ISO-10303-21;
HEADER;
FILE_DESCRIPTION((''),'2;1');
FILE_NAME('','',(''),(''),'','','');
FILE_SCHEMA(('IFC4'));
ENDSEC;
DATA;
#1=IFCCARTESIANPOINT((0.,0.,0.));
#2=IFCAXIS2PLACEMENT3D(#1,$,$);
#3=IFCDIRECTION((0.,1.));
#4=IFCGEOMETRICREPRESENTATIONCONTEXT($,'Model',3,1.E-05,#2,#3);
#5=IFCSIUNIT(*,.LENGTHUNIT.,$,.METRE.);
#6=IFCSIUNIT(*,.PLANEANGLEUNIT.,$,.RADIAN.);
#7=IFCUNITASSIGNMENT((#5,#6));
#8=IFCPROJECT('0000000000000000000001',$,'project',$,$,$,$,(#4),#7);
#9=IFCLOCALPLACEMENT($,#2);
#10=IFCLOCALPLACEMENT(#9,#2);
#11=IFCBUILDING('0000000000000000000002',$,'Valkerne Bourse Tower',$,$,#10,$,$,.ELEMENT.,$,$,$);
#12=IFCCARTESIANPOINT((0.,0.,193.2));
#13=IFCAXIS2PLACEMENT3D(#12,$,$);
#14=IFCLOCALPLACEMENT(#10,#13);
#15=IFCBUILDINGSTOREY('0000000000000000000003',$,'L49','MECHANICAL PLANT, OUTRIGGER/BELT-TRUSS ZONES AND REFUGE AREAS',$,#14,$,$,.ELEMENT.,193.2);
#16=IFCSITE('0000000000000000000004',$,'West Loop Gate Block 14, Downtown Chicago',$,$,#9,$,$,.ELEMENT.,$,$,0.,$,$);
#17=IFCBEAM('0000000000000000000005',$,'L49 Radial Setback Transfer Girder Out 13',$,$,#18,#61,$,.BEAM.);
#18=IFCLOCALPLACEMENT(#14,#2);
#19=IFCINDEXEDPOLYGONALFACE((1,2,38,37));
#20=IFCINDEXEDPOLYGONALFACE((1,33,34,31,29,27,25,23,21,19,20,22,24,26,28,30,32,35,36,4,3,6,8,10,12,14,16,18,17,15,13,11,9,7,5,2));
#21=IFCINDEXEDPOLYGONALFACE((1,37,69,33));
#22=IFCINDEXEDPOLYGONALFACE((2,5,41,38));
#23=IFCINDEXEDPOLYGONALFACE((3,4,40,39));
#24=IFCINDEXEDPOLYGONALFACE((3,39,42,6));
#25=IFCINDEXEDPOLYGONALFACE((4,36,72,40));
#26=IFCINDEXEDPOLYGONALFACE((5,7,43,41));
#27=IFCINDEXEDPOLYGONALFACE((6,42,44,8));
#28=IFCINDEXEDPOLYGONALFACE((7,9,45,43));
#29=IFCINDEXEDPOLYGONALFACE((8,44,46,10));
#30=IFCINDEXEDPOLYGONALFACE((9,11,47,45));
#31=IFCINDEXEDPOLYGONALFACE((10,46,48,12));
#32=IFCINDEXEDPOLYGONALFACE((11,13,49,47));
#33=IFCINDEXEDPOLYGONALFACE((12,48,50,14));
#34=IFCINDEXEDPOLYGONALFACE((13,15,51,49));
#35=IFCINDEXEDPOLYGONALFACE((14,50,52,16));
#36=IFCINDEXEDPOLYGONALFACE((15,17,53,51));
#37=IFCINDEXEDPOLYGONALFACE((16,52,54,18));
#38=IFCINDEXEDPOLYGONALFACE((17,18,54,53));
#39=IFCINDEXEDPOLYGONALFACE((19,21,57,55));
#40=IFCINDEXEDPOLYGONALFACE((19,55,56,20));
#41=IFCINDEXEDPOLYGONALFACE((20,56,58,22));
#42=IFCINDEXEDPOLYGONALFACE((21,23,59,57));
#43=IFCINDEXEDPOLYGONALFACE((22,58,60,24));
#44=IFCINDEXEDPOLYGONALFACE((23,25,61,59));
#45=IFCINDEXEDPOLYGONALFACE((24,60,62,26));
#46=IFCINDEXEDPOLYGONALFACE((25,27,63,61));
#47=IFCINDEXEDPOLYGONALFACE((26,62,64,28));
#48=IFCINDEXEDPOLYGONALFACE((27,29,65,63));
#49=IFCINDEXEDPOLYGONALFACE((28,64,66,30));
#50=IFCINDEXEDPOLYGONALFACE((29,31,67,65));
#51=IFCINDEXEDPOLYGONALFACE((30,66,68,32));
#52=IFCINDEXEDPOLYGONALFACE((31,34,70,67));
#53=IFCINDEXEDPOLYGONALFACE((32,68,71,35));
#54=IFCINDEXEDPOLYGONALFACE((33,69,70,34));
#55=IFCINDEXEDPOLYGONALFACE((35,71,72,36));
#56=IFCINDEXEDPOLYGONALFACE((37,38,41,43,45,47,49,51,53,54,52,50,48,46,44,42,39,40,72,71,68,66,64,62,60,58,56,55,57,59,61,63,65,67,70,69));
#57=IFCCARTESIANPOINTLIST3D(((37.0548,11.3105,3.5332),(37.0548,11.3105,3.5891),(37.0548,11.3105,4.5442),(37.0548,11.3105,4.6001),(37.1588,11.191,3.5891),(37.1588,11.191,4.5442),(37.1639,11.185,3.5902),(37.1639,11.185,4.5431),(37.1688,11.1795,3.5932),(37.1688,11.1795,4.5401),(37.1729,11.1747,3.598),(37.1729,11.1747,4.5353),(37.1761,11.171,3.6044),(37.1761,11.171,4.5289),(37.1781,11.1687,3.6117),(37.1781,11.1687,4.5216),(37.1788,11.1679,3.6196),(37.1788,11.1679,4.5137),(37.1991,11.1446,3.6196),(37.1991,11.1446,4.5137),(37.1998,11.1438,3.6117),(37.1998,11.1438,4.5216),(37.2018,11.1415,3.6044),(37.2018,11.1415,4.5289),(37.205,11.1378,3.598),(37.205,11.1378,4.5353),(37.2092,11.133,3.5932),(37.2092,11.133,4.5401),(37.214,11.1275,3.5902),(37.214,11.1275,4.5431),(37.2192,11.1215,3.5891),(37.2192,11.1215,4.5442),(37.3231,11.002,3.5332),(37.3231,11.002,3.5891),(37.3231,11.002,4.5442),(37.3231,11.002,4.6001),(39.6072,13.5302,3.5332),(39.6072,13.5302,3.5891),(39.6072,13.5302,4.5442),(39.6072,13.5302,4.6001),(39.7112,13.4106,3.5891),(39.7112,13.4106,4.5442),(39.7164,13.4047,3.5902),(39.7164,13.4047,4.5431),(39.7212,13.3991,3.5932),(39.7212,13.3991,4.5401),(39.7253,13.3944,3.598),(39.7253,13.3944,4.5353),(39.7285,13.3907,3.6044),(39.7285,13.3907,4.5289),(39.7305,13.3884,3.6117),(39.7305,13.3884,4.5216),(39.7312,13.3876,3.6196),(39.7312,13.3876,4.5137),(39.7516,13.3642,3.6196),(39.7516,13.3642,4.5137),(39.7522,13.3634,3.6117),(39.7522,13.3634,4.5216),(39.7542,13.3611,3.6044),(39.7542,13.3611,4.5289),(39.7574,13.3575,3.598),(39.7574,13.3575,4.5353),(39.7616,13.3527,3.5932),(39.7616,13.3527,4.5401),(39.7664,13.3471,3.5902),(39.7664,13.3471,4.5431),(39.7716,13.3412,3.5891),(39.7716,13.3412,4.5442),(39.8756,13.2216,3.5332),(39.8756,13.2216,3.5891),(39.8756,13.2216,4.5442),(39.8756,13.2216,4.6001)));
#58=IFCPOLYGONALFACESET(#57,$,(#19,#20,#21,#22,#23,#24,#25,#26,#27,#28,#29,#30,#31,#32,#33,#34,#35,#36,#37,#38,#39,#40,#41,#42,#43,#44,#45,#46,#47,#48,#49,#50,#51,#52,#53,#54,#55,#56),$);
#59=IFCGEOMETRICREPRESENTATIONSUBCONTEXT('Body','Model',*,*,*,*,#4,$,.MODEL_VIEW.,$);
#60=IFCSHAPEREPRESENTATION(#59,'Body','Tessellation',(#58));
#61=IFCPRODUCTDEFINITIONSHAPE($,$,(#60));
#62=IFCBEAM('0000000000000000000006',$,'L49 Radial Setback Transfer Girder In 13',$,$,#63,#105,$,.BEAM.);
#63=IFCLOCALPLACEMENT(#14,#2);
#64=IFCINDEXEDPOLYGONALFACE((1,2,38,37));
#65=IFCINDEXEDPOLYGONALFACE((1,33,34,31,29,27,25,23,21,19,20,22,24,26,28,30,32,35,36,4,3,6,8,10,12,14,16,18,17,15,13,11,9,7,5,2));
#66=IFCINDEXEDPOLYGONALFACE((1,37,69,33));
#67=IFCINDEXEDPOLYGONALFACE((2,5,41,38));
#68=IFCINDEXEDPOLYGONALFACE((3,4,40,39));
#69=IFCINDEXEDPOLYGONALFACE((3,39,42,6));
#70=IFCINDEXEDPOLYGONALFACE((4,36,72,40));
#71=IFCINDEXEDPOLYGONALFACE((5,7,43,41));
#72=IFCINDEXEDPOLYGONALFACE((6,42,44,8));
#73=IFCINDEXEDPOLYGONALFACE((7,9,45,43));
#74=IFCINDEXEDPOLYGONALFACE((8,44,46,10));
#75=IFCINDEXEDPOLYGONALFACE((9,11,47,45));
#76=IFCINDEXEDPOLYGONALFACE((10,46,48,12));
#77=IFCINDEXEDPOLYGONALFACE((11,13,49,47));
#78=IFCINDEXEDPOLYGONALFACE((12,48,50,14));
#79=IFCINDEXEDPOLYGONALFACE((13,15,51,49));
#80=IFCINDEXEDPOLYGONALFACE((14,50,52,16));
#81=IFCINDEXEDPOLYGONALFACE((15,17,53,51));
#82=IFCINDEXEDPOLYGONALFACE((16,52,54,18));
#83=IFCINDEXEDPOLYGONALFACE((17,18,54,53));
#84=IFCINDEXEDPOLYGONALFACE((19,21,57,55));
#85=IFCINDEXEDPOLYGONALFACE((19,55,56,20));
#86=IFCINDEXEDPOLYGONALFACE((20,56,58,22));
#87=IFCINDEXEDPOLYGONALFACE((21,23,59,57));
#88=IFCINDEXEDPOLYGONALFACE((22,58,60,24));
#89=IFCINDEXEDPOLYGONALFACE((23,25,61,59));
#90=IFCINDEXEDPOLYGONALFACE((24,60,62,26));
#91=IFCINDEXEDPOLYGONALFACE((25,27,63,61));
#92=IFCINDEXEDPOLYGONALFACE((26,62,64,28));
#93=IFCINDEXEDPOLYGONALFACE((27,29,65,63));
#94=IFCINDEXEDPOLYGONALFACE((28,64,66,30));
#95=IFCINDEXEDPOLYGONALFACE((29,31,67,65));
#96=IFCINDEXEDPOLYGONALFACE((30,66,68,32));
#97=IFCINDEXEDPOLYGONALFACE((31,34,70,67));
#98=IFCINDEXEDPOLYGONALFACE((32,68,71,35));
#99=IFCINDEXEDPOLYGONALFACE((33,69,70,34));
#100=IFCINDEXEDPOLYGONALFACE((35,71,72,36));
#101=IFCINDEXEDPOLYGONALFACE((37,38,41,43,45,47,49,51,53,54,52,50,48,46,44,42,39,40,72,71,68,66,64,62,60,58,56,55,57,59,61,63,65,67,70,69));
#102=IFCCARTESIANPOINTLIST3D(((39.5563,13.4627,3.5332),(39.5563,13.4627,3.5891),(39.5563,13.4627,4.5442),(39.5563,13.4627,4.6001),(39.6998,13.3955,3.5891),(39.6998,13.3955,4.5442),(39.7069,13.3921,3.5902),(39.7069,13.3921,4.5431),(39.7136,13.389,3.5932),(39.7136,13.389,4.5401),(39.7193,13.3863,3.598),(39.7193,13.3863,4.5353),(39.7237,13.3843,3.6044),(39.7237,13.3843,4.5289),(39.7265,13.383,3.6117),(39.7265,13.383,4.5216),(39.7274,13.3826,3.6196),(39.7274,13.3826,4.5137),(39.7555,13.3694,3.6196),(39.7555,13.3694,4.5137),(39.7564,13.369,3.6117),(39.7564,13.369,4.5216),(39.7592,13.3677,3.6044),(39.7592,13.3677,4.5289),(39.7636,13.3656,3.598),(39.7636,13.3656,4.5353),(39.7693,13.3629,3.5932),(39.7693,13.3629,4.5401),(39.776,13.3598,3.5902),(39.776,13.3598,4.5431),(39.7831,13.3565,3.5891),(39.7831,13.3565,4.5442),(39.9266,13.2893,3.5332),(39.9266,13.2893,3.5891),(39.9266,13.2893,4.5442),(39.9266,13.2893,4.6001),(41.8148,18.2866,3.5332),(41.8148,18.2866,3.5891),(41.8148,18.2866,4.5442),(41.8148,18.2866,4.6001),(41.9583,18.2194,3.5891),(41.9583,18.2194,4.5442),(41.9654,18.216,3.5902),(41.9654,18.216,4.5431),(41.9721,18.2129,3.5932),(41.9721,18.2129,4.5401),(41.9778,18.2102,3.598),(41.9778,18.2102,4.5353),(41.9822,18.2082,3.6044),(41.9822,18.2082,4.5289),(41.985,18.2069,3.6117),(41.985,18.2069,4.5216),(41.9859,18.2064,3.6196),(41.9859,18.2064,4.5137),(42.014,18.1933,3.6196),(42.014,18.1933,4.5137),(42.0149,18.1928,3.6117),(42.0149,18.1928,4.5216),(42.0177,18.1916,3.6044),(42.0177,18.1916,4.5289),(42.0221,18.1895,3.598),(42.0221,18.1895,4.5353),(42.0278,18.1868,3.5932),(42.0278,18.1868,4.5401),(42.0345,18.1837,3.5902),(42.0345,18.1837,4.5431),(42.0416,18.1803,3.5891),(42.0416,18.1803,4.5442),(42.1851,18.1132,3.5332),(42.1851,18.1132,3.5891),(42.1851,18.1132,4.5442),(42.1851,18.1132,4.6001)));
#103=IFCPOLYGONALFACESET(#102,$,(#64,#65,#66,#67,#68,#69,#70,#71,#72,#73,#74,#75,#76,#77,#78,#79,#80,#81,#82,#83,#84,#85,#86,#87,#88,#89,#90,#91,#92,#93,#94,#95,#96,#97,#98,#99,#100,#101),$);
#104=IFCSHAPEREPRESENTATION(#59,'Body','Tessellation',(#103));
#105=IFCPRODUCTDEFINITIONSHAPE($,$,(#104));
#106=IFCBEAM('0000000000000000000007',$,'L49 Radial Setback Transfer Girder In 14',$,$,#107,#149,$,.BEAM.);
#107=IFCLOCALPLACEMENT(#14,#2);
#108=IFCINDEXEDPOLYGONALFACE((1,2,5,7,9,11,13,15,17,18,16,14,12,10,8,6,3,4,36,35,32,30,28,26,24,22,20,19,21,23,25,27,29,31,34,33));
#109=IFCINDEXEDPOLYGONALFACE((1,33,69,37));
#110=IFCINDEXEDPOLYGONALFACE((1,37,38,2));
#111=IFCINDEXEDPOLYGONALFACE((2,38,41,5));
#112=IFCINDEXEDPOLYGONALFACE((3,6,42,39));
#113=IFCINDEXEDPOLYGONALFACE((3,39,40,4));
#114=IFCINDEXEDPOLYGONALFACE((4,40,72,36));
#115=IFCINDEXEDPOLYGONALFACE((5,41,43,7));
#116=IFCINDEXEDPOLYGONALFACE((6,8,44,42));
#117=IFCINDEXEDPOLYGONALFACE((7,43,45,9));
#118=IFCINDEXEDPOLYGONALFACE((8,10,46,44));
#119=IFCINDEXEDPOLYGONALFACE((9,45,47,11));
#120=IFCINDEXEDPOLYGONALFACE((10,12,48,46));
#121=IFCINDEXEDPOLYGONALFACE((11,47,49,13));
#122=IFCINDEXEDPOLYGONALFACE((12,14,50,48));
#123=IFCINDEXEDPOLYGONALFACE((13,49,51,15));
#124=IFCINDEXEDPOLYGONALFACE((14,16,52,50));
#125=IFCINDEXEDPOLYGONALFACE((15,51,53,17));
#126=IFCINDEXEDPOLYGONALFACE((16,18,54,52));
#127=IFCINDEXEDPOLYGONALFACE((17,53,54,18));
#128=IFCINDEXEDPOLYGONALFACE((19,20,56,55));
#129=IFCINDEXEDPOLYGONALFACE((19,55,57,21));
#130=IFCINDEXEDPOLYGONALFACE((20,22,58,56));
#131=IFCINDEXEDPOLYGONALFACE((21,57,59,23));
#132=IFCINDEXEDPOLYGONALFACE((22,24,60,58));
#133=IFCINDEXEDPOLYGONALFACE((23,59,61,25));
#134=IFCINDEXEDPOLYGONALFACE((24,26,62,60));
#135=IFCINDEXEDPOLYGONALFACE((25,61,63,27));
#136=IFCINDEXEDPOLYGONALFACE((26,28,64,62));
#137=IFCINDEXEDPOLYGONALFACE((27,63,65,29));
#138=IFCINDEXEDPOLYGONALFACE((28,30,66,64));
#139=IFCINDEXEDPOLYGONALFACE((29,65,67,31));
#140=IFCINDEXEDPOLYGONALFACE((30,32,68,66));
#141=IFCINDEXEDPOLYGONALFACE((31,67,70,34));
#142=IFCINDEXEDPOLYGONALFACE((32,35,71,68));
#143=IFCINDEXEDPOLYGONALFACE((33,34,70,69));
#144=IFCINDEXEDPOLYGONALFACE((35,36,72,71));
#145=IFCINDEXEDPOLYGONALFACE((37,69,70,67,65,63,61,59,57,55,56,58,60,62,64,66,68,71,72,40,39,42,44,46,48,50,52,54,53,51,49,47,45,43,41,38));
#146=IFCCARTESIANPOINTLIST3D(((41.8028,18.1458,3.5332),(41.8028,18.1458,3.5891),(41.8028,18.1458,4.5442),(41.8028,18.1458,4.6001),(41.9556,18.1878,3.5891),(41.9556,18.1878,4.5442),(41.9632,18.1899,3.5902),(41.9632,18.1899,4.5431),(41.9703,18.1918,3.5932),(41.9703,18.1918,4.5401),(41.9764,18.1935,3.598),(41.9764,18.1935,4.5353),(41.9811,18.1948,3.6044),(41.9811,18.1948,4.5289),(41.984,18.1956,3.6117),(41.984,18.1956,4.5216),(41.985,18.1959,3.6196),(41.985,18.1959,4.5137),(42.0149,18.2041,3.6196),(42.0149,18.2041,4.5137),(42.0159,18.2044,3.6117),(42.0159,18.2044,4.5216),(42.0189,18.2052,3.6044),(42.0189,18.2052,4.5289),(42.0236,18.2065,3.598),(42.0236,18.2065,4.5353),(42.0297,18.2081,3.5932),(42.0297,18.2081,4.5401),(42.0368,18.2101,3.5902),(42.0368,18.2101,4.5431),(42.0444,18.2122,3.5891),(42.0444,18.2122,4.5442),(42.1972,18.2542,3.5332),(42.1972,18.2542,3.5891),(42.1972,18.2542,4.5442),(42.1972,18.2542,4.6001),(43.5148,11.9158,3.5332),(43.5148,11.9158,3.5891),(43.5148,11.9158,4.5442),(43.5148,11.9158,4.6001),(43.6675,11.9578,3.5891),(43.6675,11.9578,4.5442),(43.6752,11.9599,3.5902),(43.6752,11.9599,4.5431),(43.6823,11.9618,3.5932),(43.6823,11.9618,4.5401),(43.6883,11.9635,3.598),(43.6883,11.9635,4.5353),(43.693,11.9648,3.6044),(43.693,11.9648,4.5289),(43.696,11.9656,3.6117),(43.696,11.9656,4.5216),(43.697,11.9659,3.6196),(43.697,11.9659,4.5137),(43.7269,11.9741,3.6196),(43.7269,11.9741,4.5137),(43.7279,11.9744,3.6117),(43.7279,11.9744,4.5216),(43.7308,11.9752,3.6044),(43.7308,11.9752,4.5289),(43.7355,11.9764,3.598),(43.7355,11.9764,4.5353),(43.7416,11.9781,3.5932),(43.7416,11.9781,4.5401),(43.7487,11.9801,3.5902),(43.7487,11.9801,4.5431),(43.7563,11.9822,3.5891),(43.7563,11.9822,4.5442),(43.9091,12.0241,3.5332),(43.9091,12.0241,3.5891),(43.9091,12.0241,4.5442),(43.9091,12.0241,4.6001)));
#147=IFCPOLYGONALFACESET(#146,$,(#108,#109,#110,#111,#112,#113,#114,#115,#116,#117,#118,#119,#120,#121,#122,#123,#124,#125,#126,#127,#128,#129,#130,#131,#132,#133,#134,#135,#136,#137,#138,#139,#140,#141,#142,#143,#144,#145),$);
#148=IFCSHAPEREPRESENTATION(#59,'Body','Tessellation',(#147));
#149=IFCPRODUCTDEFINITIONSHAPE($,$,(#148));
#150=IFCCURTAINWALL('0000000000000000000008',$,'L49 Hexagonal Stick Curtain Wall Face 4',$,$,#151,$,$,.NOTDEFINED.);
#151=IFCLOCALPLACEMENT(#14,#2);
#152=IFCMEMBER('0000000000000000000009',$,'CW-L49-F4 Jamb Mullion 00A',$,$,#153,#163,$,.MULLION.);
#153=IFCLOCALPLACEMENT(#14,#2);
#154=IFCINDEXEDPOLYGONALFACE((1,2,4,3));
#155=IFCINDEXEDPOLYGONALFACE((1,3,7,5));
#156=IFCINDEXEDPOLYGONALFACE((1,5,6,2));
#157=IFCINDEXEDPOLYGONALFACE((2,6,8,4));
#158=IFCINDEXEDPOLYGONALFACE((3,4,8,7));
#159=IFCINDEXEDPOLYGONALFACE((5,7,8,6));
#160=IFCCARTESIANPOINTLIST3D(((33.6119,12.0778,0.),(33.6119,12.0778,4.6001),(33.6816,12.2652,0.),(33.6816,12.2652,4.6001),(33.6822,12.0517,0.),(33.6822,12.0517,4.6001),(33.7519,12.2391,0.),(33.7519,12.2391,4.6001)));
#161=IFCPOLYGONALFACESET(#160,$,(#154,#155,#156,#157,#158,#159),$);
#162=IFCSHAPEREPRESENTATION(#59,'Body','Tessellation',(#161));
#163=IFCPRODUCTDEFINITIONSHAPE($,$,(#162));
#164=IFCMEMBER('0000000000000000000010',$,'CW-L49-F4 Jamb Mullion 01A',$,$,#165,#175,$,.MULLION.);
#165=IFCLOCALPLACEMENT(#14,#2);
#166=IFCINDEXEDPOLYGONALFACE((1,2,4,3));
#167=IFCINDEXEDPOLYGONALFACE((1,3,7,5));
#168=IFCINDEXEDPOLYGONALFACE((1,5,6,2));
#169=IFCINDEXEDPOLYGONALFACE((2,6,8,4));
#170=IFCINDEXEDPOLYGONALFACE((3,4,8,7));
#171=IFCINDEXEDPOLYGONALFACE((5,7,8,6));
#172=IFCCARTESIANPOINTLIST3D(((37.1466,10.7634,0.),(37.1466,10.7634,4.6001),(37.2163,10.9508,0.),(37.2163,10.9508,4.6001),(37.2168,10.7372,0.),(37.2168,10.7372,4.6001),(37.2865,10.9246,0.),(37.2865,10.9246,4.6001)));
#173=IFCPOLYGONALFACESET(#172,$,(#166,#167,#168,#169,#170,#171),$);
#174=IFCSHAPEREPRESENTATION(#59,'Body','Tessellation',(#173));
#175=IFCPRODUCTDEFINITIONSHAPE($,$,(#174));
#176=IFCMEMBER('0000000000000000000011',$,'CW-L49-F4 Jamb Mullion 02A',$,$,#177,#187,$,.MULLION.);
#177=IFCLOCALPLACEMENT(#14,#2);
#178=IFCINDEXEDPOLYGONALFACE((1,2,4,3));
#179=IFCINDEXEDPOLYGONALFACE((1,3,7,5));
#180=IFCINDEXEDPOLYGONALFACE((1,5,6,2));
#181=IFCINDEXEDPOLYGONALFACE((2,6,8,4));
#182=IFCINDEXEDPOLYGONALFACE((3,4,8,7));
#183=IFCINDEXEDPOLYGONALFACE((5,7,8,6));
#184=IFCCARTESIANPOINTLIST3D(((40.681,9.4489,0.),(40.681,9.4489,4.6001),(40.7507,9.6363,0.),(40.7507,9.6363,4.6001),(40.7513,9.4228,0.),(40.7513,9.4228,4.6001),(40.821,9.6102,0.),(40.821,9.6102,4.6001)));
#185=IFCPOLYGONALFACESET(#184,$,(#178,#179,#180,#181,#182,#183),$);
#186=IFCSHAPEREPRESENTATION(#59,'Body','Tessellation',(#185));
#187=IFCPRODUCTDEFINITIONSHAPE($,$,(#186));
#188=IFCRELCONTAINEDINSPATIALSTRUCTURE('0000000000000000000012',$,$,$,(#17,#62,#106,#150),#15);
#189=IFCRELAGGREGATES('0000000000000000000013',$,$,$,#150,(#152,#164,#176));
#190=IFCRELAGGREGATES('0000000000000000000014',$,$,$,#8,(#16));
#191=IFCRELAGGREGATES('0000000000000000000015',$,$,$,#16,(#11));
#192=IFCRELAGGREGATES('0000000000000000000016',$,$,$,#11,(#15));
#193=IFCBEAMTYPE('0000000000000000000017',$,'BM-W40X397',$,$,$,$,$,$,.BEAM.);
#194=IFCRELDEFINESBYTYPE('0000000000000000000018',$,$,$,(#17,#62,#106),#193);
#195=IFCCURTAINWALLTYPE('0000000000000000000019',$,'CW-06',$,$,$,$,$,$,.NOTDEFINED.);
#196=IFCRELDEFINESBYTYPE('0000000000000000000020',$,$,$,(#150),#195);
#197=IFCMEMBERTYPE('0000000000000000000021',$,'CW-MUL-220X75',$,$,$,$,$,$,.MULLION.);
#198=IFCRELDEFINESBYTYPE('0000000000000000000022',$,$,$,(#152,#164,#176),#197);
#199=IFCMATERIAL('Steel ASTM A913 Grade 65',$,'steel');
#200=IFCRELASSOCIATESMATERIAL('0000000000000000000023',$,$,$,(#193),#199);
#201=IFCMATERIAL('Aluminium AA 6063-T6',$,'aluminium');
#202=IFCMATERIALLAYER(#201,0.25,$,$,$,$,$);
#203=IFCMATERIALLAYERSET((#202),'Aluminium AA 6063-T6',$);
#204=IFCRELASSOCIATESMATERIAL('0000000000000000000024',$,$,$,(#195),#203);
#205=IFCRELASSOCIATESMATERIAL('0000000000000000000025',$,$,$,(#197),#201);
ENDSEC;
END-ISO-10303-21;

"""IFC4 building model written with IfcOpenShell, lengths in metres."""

from ifc_helpers import new_model, si_unit, direction, frame, origin, origin_2d, place, context, subcontext, project, spatial, rectangle, i_section, extrude, material, layer, layer_set, material_profile, profile_set, type_object, element, aggregate, save


model = new_model("IFC4")

# Units and contexts
model_context = context("Model", 3, precision=1e-05, world=origin(), true_north=direction((0.0, 1.0)))
body_context = subcontext(model_context, "Body", "Model", "MODEL_VIEW")
ifc_project = project(units=[si_unit("LENGTHUNIT", "METRE"), si_unit("PLANEANGLEUNIT", "RADIAN")], contexts=[model_context])

# Site, building, storey
site_placement = place(None, origin())
site = spatial("IfcSite", under=ifc_project, at=site_placement, Name="West Loop Gate Block 14, Downtown Chicago", CompositionType="ELEMENT", RefElevation=0.0)
building_placement = place(site_placement, origin())
building = spatial("IfcBuilding", under=site, at=building_placement, Name="Valkerne Bourse Tower", CompositionType="ELEMENT")
storey_placement = place(building_placement, frame((0.0, 0.0, 193.2)))
storey = spatial("IfcBuildingStorey", under=building, at=storey_placement, Name="L49", Description="MECHANICAL PLANT, OUTRIGGER/BELT-TRUSS ZONES AND REFUGE AREAS", CompositionType="ELEMENT", Elevation=193.2)

# Shared definitions
ifc_material_1 = material(Name="Steel ASTM A913 Grade 65", Category="steel")

# Beams
ifc_material_profile_1 = material_profile(ifc_material_1, i_section(OverallWidth=0.4089, OverallDepth=1.0669, WebThickness=0.031, FlangeThickness=0.0559, FilletRadius=0.0305, at=origin_2d()), Name="W40X397")
ifc_profile_set_1 = profile_set([ifc_material_profile_1], Name="Steel ASTM A913 Grade 65")
beam_type_1 = type_object("IfcBeamType", Name="BM-W40X397", PredefinedType="BEAM", material=ifc_profile_set_1)
beam_1_placement = place(storey_placement, frame((37.189, 11.1562, 4.0667), z_axis=(0.754581, 0.656207, 0.0), x_axis=(-0.656207, 0.754581, 0.0)))
element("IfcBeam", 1, at=beam_1_placement, inside=storey, type_object=beam_type_1, Name="L49 Radial Setback Transfer Girder Out 13", PredefinedType="BEAM", context=body_context, shape_type="SweptSolid", body=[
    extrude(i_section(OverallWidth=0.4089, OverallDepth=1.0669, WebThickness=0.031, FlangeThickness=0.0559, FilletRadius=0.0305, at=origin_2d()), origin(), (0.0, 0.0, 1.0), 3.3826),
])
beam_2_placement = place(storey_placement, frame((39.7415, 13.376, 4.0667), z_axis=(0.424019, 0.905653, 0.0), x_axis=(-0.905653, 0.424019, 0.0)))
element("IfcBeam", 2, at=beam_2_placement, inside=storey, type_object=beam_type_1, Name="L49 Radial Setback Transfer Girder In 13", PredefinedType="BEAM", context=body_context, shape_type="SweptSolid", body=[
    extrude(i_section(OverallWidth=0.4089, OverallDepth=1.0669, WebThickness=0.031, FlangeThickness=0.0559, FilletRadius=0.0305, at=origin_2d()), origin(), (0.0, 0.0, 1.0), 5.3264),
])
beam_3_placement = place(storey_placement, frame((43.7119, 11.97, 4.0667), z_axis=(-0.264965, 0.964258, 0.0), x_axis=(-0.964258, -0.264965, 0.0)))
element("IfcBeam", 3, at=beam_3_placement, inside=storey, type_object=beam_type_1, Name="L49 Radial Setback Transfer Girder In 14", PredefinedType="BEAM", context=body_context, shape_type="SweptSolid", body=[
    extrude(i_section(OverallWidth=0.4089, OverallDepth=1.0669, WebThickness=0.031, FlangeThickness=0.0559, FilletRadius=0.0305, at=origin_2d()), origin(), (0.0, 0.0, 1.0), 6.4609),
])

# Curtain wall, members
ifc_material_2 = material(Name="Aluminium AA 6063-T6", Category="aluminium")
ifc_layer_1 = layer(ifc_material_2, 0.25)
ifc_layer_set_1 = layer_set([ifc_layer_1], Name="Aluminium AA 6063-T6")
curtain_wall_type = type_object("IfcCurtainWallType", Name="CW-06", PredefinedType="NOTDEFINED", material=ifc_layer_set_1)
curtain_wall_placement = place(storey_placement, origin())
curtain_wall = element("IfcCurtainWall", 4, at=curtain_wall_placement, inside=storey, type_object=curtain_wall_type, Name="L49 Hexagonal Stick Curtain Wall Face 4", PredefinedType="NOTDEFINED")
ifc_material_profile_2 = material_profile(ifc_material_2, rectangle(XDim=0.075, YDim=0.2, at=origin_2d()), Name="CWM-75X200")
ifc_profile_set_2 = profile_set([ifc_material_profile_2], Name="Aluminium AA 6063-T6")
member_type_1 = type_object("IfcMemberType", Name="CW-MUL-220X75", PredefinedType="MULLION", material=ifc_profile_set_2)
member_1_placement = place(storey_placement, frame((33.6819, 12.1584, 0.0), z_axis=(0.0, 0.0, 1.0), x_axis=(0.937279, -0.348579, 0.0)))
member_1 = element("IfcMember", 5, at=member_1_placement, type_object=member_type_1, Name="CW-L49-F4 Jamb Mullion 00A", PredefinedType="MULLION", context=body_context, shape_type="SweptSolid", body=[
    extrude(rectangle(XDim=0.075, YDim=0.2, at=origin_2d()), origin(), (0.0, 0.0, 1.0), 4.6001),
])
member_2_placement = place(storey_placement, frame((37.2166, 10.844, 0.0), z_axis=(0.0, 0.0, 1.0), x_axis=(0.937288, -0.348556, 0.0)))
member_2 = element("IfcMember", 6, at=member_2_placement, type_object=member_type_1, Name="CW-L49-F4 Jamb Mullion 01A", PredefinedType="MULLION", context=body_context, shape_type="SweptSolid", body=[
    extrude(rectangle(XDim=0.075, YDim=0.2, at=origin_2d()), origin(), (0.0, 0.0, 1.0), 4.6001),
])
member_3_placement = place(storey_placement, frame((40.751, 9.5295, 0.0), z_axis=(0.0, 0.0, 1.0), x_axis=(0.937279, -0.348579, 0.0)))
member_3 = element("IfcMember", 7, at=member_3_placement, type_object=member_type_1, Name="CW-L49-F4 Jamb Mullion 02A", PredefinedType="MULLION", context=body_context, shape_type="SweptSolid", body=[
    extrude(rectangle(XDim=0.075, YDim=0.2, at=origin_2d()), origin(), (0.0, 0.0, 1.0), 4.6001),
])

aggregate(curtain_wall, [member_1, member_2, member_3])

save(model, "model.ifc")
